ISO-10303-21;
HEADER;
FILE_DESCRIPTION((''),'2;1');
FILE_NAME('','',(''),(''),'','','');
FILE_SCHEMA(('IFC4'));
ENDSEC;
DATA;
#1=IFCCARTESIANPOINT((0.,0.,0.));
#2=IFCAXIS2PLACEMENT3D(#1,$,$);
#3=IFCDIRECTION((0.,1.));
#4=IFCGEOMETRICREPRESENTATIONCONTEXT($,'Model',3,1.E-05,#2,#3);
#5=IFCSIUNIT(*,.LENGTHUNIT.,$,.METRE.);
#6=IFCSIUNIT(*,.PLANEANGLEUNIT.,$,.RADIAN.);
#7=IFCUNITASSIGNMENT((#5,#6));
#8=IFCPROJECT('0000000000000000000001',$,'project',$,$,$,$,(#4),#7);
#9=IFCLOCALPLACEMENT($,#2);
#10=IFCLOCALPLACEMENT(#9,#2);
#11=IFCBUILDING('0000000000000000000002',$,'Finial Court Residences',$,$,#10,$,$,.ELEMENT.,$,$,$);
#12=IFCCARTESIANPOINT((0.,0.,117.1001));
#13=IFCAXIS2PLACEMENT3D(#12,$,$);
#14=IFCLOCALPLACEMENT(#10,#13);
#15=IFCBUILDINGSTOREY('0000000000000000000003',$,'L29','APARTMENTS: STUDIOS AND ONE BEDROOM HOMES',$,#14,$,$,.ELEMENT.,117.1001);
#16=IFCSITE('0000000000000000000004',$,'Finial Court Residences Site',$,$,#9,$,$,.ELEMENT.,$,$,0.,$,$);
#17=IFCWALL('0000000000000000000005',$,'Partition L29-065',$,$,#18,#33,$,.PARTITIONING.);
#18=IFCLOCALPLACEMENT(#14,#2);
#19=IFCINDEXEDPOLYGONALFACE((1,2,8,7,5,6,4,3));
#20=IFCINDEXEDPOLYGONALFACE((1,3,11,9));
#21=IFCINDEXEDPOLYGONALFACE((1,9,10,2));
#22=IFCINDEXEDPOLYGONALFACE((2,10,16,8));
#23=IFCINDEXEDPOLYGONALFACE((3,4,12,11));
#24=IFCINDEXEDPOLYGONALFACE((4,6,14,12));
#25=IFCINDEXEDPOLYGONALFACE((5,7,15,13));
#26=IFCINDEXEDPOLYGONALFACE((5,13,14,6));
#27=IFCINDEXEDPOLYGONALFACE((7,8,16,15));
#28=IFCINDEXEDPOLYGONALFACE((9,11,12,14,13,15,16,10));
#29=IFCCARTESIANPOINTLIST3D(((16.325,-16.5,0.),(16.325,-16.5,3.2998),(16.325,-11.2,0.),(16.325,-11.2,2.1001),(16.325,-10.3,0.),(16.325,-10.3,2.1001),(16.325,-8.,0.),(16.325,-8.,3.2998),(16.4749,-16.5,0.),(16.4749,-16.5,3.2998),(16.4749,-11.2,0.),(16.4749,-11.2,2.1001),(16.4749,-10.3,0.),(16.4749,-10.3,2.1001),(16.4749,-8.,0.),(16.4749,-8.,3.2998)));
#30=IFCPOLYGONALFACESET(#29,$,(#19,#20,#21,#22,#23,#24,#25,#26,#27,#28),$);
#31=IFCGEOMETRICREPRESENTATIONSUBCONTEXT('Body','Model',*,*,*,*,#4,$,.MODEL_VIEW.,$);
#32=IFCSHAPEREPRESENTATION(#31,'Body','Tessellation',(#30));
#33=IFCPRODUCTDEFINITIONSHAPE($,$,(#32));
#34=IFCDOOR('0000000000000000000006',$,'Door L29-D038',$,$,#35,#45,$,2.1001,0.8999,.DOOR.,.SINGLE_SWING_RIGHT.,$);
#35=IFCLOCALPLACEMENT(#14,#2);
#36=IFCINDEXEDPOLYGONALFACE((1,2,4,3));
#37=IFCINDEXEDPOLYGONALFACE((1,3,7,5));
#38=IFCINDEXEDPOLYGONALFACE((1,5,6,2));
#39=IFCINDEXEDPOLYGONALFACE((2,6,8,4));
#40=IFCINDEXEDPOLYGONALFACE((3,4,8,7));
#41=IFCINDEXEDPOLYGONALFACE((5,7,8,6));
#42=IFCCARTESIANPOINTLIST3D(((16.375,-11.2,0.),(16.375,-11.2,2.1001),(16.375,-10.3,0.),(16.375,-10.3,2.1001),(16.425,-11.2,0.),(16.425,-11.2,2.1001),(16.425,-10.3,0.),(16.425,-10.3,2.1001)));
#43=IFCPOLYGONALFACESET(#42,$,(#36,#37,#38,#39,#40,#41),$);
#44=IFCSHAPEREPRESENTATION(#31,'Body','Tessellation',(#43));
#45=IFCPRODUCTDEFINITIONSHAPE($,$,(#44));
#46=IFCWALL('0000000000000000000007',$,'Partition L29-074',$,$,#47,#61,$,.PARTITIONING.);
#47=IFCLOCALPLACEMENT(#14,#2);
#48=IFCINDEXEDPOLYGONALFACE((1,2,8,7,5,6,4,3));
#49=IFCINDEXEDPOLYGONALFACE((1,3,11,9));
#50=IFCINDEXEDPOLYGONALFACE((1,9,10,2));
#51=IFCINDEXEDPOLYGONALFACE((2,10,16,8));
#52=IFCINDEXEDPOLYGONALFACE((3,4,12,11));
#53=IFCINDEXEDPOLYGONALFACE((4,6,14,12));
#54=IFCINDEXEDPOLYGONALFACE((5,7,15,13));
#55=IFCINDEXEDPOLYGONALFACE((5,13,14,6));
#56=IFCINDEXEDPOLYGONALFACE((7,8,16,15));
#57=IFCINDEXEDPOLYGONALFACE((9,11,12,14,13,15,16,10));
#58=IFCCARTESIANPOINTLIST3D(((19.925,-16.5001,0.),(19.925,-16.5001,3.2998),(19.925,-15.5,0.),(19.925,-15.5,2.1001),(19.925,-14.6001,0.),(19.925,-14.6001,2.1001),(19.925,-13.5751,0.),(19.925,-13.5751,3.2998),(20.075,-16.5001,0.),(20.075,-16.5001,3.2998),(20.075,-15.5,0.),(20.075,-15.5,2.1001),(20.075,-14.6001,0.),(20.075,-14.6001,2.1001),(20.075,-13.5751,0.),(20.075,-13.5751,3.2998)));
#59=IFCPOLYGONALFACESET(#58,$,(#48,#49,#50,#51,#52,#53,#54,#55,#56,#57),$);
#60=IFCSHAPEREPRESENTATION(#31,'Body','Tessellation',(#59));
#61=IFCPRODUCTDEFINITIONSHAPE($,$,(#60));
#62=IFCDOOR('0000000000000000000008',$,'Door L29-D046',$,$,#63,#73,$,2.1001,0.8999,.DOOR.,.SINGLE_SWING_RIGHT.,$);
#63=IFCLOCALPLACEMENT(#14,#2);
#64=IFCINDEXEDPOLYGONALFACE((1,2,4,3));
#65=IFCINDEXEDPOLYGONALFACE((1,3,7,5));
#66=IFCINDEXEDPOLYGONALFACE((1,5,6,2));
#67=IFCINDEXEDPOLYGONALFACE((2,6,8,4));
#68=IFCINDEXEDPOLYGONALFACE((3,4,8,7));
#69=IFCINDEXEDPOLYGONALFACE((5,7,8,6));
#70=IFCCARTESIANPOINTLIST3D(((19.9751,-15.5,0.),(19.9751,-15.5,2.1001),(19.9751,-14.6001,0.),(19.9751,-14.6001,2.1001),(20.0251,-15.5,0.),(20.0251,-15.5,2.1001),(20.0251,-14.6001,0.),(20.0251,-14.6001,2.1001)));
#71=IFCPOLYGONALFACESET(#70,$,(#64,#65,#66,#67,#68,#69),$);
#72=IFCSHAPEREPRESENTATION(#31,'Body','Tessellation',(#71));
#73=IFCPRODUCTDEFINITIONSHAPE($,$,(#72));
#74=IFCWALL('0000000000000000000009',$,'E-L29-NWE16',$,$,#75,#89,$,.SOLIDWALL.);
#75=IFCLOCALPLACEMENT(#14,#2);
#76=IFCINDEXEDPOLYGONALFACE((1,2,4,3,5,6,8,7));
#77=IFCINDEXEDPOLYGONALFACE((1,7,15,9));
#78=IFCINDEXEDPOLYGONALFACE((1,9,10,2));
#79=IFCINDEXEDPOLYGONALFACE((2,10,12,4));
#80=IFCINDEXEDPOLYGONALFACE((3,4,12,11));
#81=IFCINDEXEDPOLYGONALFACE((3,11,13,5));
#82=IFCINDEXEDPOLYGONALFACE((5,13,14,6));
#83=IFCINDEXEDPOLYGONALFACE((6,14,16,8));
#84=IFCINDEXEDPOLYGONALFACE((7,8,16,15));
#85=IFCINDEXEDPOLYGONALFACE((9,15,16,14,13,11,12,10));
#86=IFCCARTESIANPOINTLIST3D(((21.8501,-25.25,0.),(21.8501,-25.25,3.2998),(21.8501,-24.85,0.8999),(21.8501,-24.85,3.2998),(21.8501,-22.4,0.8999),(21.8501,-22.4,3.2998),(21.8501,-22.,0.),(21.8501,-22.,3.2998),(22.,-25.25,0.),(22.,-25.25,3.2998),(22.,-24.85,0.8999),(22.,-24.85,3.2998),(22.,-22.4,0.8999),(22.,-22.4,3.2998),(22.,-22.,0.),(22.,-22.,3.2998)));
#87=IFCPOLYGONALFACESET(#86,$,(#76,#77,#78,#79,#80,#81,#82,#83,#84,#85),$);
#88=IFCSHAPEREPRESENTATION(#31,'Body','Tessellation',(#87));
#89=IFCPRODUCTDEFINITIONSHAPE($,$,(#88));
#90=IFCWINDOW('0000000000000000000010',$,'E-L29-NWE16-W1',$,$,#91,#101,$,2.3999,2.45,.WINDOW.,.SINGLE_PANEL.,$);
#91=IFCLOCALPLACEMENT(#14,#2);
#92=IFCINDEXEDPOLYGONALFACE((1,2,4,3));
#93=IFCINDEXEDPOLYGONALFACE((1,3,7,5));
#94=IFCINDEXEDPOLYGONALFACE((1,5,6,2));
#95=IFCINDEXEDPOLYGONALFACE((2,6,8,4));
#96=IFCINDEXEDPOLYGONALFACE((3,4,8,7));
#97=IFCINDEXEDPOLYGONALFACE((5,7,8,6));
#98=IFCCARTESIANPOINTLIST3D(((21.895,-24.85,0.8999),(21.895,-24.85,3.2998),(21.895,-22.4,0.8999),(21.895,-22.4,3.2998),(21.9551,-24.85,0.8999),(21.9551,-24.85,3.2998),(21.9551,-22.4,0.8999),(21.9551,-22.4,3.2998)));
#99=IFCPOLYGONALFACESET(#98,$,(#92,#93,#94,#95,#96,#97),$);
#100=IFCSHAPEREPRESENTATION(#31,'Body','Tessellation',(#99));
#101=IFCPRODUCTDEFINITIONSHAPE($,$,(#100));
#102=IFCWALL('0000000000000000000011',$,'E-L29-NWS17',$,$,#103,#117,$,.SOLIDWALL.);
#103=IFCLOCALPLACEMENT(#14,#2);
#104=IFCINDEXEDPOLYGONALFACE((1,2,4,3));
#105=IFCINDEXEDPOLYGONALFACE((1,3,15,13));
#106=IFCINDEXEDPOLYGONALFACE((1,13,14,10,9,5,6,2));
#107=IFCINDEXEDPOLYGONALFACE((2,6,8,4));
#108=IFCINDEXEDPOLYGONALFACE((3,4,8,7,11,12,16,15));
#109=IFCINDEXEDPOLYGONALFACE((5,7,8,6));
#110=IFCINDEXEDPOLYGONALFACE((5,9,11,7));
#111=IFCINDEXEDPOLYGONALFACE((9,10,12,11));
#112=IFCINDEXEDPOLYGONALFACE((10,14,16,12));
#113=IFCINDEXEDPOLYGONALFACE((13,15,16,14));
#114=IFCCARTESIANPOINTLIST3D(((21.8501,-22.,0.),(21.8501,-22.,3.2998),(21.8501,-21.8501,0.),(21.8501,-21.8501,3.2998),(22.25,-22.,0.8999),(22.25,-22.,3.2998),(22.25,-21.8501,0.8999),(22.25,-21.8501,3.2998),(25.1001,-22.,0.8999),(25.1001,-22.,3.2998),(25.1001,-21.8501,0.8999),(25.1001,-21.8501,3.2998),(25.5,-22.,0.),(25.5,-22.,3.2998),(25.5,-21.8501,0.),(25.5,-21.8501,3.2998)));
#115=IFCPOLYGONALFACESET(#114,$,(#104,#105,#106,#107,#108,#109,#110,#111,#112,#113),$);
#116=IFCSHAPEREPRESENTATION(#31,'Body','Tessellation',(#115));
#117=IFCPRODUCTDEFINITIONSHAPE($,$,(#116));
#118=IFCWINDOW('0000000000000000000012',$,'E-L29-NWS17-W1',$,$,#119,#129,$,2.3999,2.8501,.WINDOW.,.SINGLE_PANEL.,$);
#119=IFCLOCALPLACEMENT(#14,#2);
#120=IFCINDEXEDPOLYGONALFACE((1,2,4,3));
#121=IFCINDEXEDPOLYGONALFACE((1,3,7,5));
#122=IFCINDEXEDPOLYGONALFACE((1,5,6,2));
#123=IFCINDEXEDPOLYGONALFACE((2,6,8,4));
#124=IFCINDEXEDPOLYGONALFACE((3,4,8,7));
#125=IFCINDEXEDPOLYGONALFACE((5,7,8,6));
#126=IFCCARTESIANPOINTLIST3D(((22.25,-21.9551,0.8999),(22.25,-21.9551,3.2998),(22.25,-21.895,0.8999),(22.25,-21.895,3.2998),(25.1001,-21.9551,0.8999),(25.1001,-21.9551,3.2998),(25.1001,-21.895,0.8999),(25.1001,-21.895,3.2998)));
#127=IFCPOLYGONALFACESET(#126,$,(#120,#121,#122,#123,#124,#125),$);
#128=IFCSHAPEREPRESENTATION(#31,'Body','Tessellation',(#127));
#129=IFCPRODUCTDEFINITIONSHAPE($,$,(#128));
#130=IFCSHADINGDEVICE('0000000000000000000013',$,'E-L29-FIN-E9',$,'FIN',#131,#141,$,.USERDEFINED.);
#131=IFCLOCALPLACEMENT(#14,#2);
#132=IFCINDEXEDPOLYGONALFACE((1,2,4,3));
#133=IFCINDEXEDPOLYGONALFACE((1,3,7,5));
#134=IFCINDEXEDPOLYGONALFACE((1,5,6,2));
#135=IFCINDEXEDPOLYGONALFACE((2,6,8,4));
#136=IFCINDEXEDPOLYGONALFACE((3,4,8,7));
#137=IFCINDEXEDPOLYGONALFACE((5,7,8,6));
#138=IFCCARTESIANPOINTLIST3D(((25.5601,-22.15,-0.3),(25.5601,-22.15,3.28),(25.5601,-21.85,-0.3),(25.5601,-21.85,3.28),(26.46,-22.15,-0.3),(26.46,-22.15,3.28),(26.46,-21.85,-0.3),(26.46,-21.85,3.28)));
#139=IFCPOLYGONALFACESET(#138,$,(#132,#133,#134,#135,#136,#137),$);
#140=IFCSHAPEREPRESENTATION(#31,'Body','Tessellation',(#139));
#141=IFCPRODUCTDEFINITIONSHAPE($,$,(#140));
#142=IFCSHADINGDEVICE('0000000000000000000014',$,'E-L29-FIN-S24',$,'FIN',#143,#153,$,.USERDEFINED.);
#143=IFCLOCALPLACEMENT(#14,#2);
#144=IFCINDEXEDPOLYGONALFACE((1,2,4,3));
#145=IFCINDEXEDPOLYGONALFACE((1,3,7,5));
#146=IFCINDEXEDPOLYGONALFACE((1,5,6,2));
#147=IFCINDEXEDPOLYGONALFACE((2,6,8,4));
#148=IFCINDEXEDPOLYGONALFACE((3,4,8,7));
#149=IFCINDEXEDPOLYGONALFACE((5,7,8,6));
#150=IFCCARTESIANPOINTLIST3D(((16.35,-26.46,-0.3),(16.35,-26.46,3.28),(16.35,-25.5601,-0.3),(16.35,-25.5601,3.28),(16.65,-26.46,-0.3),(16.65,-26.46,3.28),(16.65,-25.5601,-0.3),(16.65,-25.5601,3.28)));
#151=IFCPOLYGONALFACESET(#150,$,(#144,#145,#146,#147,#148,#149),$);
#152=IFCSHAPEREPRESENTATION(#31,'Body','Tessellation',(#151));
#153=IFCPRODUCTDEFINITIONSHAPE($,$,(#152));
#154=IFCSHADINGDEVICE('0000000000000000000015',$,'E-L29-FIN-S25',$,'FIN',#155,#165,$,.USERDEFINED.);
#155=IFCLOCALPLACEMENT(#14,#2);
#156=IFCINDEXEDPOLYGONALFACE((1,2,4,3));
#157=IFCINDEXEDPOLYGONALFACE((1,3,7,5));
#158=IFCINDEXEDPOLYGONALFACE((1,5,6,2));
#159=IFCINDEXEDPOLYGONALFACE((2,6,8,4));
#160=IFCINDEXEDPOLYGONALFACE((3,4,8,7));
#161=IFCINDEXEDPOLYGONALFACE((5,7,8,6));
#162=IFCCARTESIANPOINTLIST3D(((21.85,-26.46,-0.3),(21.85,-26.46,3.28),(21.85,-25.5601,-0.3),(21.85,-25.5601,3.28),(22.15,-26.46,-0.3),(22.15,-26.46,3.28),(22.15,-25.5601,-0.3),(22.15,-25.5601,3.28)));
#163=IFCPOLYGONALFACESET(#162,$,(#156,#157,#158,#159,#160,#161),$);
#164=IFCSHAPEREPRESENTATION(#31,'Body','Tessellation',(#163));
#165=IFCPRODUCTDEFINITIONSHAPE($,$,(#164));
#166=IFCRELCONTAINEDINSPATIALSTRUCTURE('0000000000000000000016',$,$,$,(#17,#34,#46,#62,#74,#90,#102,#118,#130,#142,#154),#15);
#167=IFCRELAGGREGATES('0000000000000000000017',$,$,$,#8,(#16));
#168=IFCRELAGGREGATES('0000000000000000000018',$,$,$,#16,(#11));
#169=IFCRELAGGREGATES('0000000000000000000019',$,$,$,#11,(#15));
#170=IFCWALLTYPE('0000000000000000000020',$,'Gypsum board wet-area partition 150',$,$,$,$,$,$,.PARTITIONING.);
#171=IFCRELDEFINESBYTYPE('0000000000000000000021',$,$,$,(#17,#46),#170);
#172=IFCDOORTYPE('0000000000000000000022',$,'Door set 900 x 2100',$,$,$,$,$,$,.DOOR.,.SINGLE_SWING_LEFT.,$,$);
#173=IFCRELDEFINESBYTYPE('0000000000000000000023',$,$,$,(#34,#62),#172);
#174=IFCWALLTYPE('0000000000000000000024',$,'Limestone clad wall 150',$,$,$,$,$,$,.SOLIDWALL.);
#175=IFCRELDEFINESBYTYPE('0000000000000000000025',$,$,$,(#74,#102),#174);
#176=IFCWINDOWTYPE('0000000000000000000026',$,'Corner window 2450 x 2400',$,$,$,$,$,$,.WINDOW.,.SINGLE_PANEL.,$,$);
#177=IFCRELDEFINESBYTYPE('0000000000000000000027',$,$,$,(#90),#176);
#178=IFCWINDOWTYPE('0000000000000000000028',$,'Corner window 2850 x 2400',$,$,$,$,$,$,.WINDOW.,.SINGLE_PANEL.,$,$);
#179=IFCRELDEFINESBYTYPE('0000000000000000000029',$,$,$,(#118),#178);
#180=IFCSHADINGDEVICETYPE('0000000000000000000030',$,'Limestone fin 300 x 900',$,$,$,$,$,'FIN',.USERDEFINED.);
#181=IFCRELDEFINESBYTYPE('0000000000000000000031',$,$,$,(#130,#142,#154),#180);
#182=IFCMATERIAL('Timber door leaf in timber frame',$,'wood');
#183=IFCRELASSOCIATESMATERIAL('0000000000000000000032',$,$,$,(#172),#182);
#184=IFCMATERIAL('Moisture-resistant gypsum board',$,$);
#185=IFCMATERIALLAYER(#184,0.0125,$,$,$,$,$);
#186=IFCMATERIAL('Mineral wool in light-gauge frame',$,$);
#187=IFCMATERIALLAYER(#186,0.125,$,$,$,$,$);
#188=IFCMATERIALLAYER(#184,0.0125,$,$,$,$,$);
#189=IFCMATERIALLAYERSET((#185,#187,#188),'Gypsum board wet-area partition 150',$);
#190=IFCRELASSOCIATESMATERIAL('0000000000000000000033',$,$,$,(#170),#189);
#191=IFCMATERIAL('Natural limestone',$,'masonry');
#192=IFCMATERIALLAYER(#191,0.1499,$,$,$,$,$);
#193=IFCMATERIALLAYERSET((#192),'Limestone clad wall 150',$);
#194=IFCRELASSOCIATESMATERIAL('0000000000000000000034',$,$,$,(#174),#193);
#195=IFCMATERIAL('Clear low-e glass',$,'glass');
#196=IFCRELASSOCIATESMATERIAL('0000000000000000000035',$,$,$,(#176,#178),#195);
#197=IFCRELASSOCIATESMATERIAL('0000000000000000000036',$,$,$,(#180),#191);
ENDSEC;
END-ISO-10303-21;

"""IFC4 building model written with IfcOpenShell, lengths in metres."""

from ifc_helpers import new_model, si_unit, direction, frame, frame_2d, origin, origin_2d, place, context, subcontext, project, spatial, rectangle, extrude, material, layer, layer_set, type_object, element, fill, save


model = new_model("IFC4")

# Units and contexts
model_context = context("Model", 3, precision=1e-05, world=origin(), true_north=direction((0.0, 1.0)))
body_context = subcontext(model_context, "Body", "Model", "MODEL_VIEW")
ifc_project = project(units=[si_unit("LENGTHUNIT", "METRE"), si_unit("PLANEANGLEUNIT", "RADIAN")], contexts=[model_context])

# Site, building, storey
site_placement = place(None, origin())
site = spatial("IfcSite", under=ifc_project, at=site_placement, Name="Finial Court Residences Site", CompositionType="ELEMENT", RefElevation=0.0)
building_placement = place(site_placement, origin())
building = spatial("IfcBuilding", under=site, at=building_placement, Name="Finial Court Residences", CompositionType="ELEMENT")
storey_placement = place(building_placement, frame((0.0, 0.0, 117.1001)))
storey = spatial("IfcBuildingStorey", under=building, at=storey_placement, Name="L29", Description="APARTMENTS: STUDIOS AND ONE BEDROOM HOMES", CompositionType="ELEMENT", Elevation=117.1001)

# Shared definitions
ifc_material_1 = material(Name="Clear low-e glass", Category="glass")

# Shared definitions
ifc_material_2 = material(Name="Mineral wool in light-gauge frame")
ifc_material_3 = material(Name="Timber door leaf in timber frame", Category="wood")
door_type = type_object("IfcDoorType", Name="Door set 900 x 2100", OperationType="SINGLE_SWING_LEFT", PredefinedType="DOOR", material=ifc_material_3)

# Shared definitions
ifc_material_4 = material(Name="Moisture-resistant gypsum board")
ifc_layer_1 = layer(ifc_material_4, 0.0125)
ifc_layer_2 = layer(ifc_material_2, 0.125)
ifc_layer_3 = layer(ifc_material_4, 0.0125)
ifc_layer_set_1 = layer_set([ifc_layer_1, ifc_layer_2, ifc_layer_3], Name="Gypsum board wet-area partition 150")
wall_type_1 = type_object("IfcWallType", Name="Gypsum board wet-area partition 150", PredefinedType="PARTITIONING", material=ifc_layer_set_1)

# Walls, openings, doors
wall_1_placement = place(storey_placement, frame((16.3999, -16.5, 0.0), z_axis=(0.0, 0.0, 1.0), x_axis=(0.0, 1.0, 0.0)))
wall_1 = element("IfcWall", 1, at=wall_1_placement, inside=storey, type_object=wall_type_1, Name="Partition L29-065", PredefinedType="PARTITIONING", context=body_context, shape_type="SweptSolid", body=[
    extrude(rectangle(XDim=8.5, YDim=0.1499, at=frame_2d((4.25, 0.0))), origin(), (0.0, 0.0, 1.0), 3.2998),
])
opening_1_placement = place(wall_1_placement, frame((5.3, 0.0, 0.0)))
opening_1 = element("IfcOpeningElement", 2, at=opening_1_placement, cuts=wall_1, PredefinedType="OPENING", context=body_context, shape_type="SweptSolid", body=[
    extrude(rectangle(XDim=0.8999, YDim=2.1001, at=frame_2d((0.45, 1.05))), frame((0.0, 0.085, 0.0), z_axis=(0.0, -1.0, 0.0), x_axis=(1.0, 0.0, 0.0)), (0.0, 0.0, 1.0), 0.1699),
])
door_1_placement = place(opening_1_placement, origin())
door_1 = element("IfcDoor", 3, at=door_1_placement, inside=storey, type_object=door_type, Name="Door L29-D038", OperationType="SINGLE_SWING_RIGHT", OverallHeight=2.1001, OverallWidth=0.8999, PredefinedType="DOOR", context=body_context, shape_type="SweptSolid", body=[
    extrude(rectangle(XDim=0.8999, YDim=2.1001, at=frame_2d((0.45, 1.05))), frame((0.0, 0.0249, 0.0), z_axis=(0.0, -1.0, 0.0), x_axis=(1.0, 0.0, 0.0)), (0.0, 0.0, 1.0), 0.05),
])
fill(opening_1, door_1)
wall_2_placement = place(storey_placement, frame((20.0, -16.5, 0.0), z_axis=(0.0, 0.0, 1.0), x_axis=(0.0, 1.0, 0.0)))
wall_2 = element("IfcWall", 4, at=wall_2_placement, inside=storey, type_object=wall_type_1, Name="Partition L29-074", PredefinedType="PARTITIONING", context=body_context, shape_type="SweptSolid", body=[
    extrude(rectangle(XDim=2.925, YDim=0.1499, at=frame_2d((1.4624, 0.0))), origin(), (0.0, 0.0, 1.0), 3.2998),
])
opening_2_placement = place(wall_2_placement, frame((1.0, 0.0, 0.0)))
opening_2 = element("IfcOpeningElement", 5, at=opening_2_placement, cuts=wall_2, PredefinedType="OPENING", context=body_context, shape_type="SweptSolid", body=[
    extrude(rectangle(XDim=0.8999, YDim=2.1001, at=frame_2d((0.45, 1.05))), frame((0.0, 0.085, 0.0), z_axis=(0.0, -1.0, 0.0), x_axis=(1.0, 0.0, 0.0)), (0.0, 0.0, 1.0), 0.1699),
])
door_2_placement = place(opening_2_placement, origin())
door_2 = element("IfcDoor", 6, at=door_2_placement, inside=storey, type_object=door_type, Name="Door L29-D046", OperationType="SINGLE_SWING_RIGHT", OverallHeight=2.1001, OverallWidth=0.8999, PredefinedType="DOOR", context=body_context, shape_type="SweptSolid", body=[
    extrude(rectangle(XDim=0.8999, YDim=2.1001, at=frame_2d((0.45, 1.05))), frame((0.0, 0.0249, 0.0), z_axis=(0.0, -1.0, 0.0), x_axis=(1.0, 0.0, 0.0)), (0.0, 0.0, 1.0), 0.05),
])
fill(opening_2, door_2)

# Walls, openings, windows
ifc_material_5 = material(Name="Natural limestone", Category="masonry")
ifc_layer_4 = layer(ifc_material_5, 0.1499)
ifc_layer_set_2 = layer_set([ifc_layer_4], Name="Limestone clad wall 150")
wall_type_2 = type_object("IfcWallType", Name="Limestone clad wall 150", PredefinedType="SOLIDWALL", material=ifc_layer_set_2)
wall_3_placement = place(storey_placement, frame((21.925, -22.0, 0.0), z_axis=(0.0, 0.0, 1.0), x_axis=(0.0, -1.0, 0.0)))
wall_3 = element("IfcWall", 7, at=wall_3_placement, inside=storey, type_object=wall_type_2, Name="E-L29-NWE16", PredefinedType="SOLIDWALL", context=body_context, shape_type="SweptSolid", body=[
    extrude(rectangle(XDim=3.25, YDim=0.1499, at=frame_2d((1.625, 0.0))), origin(), (0.0, 0.0, 1.0), 3.2998),
])
opening_3_placement = place(wall_3_placement, frame((0.3999, 0.0, 0.8999)))
opening_3 = element("IfcOpeningElement", 8, at=opening_3_placement, cuts=wall_3, PredefinedType="OPENING", context=body_context, shape_type="SweptSolid", body=[
    extrude(rectangle(XDim=2.45, YDim=2.3999, at=frame_2d((1.2251, 1.2))), frame((0.0, 0.085, 0.0), z_axis=(0.0, -1.0, 0.0), x_axis=(1.0, 0.0, 0.0)), (0.0, 0.0, 1.0), 0.1699),
])
window_type_1 = type_object("IfcWindowType", Name="Corner window 2450 x 2400", PartitioningType="SINGLE_PANEL", PredefinedType="WINDOW", material=ifc_material_1)
window_1_placement = place(opening_3_placement, origin())
window_1 = element("IfcWindow", 9, at=window_1_placement, inside=storey, type_object=window_type_1, Name="E-L29-NWE16-W1", OverallHeight=2.3999, OverallWidth=2.45, PartitioningType="SINGLE_PANEL", PredefinedType="WINDOW", context=body_context, shape_type="SweptSolid", body=[
    extrude(rectangle(XDim=2.45, YDim=2.3999, at=frame_2d((1.2251, 1.2))), frame((0.0, 0.03, 0.0), z_axis=(0.0, -1.0, 0.0), x_axis=(1.0, 0.0, 0.0)), (0.0, 0.0, 1.0), 0.0601),
])
fill(opening_3, window_1)
wall_4_placement = place(storey_placement, frame((25.5, -21.925, 0.0), z_axis=(0.0, 0.0, 1.0), x_axis=(-1.0, 0.0, 0.0)))
wall_4 = element("IfcWall", 10, at=wall_4_placement, inside=storey, type_object=wall_type_2, Name="E-L29-NWS17", PredefinedType="SOLIDWALL", context=body_context, shape_type="SweptSolid", body=[
    extrude(rectangle(XDim=3.6499, YDim=0.1499, at=frame_2d((1.825, 0.0))), origin(), (0.0, 0.0, 1.0), 3.2998),
])
opening_4_placement = place(wall_4_placement, frame((0.3999, 0.0, 0.8999)))
opening_4 = element("IfcOpeningElement", 11, at=opening_4_placement, cuts=wall_4, PredefinedType="OPENING", context=body_context, shape_type="SweptSolid", body=[
    extrude(rectangle(XDim=2.8501, YDim=2.3999, at=frame_2d((1.425, 1.2))), frame((0.0, 0.085, 0.0), z_axis=(0.0, -1.0, 0.0), x_axis=(1.0, 0.0, 0.0)), (0.0, 0.0, 1.0), 0.1699),
])
window_type_2 = type_object("IfcWindowType", Name="Corner window 2850 x 2400", PartitioningType="SINGLE_PANEL", PredefinedType="WINDOW", material=ifc_material_1)
window_2_placement = place(opening_4_placement, origin())
window_2 = element("IfcWindow", 12, at=window_2_placement, inside=storey, type_object=window_type_2, Name="E-L29-NWS17-W1", OverallHeight=2.3999, OverallWidth=2.8501, PartitioningType="SINGLE_PANEL", PredefinedType="WINDOW", context=body_context, shape_type="SweptSolid", body=[
    extrude(rectangle(XDim=2.8501, YDim=2.3999, at=frame_2d((1.425, 1.2))), frame((0.0, 0.03, 0.0), z_axis=(0.0, -1.0, 0.0), x_axis=(1.0, 0.0, 0.0)), (0.0, 0.0, 1.0), 0.0601),
])
fill(opening_4, window_2)

# Shading devices
shading_device_type = type_object("IfcShadingDeviceType", Name="Limestone fin 300 x 900", ElementType="FIN", PredefinedType="USERDEFINED", material=ifc_material_5)
shading_device_placement = place(storey_placement, frame((26.01, -22.0, -0.3), z_axis=(0.0, 0.0, 1.0), x_axis=(1.0, 0.0, 0.0)))
element("IfcShadingDevice", 13, at=shading_device_placement, inside=storey, type_object=shading_device_type, Name="E-L29-FIN-E9", ObjectType="FIN", PredefinedType="USERDEFINED", context=body_context, shape_type="SweptSolid", body=[
    extrude(rectangle(XDim=0.8999, YDim=0.3, at=origin_2d()), origin(), (0.0, 0.0, 1.0), 3.5801),
])
for number, where, z_axis, x_axis, name in (
    (14, (16.5, -26.01, -0.3), (0.0, 0.0, 1.0), (1.0, 0.0, 0.0), "E-L29-FIN-S24"),
    (15, (22.0, -26.01, -0.3), (0.0, 0.0, 1.0), (1.0, 0.0, 0.0), "E-L29-FIN-S25"),
):
    element("IfcShadingDevice", number, at=place(storey_placement, frame(where, z_axis=z_axis, x_axis=x_axis)), inside=storey, type_object=shading_device_type, Name=name, ObjectType="FIN", PredefinedType="USERDEFINED", context=body_context, shape_type="SweptSolid", body=[
        extrude(rectangle(XDim=0.3, YDim=0.8999, at=origin_2d()), origin(), (0.0, 0.0, 1.0), 3.5801),
    ])

save(model, "model.ifc")
